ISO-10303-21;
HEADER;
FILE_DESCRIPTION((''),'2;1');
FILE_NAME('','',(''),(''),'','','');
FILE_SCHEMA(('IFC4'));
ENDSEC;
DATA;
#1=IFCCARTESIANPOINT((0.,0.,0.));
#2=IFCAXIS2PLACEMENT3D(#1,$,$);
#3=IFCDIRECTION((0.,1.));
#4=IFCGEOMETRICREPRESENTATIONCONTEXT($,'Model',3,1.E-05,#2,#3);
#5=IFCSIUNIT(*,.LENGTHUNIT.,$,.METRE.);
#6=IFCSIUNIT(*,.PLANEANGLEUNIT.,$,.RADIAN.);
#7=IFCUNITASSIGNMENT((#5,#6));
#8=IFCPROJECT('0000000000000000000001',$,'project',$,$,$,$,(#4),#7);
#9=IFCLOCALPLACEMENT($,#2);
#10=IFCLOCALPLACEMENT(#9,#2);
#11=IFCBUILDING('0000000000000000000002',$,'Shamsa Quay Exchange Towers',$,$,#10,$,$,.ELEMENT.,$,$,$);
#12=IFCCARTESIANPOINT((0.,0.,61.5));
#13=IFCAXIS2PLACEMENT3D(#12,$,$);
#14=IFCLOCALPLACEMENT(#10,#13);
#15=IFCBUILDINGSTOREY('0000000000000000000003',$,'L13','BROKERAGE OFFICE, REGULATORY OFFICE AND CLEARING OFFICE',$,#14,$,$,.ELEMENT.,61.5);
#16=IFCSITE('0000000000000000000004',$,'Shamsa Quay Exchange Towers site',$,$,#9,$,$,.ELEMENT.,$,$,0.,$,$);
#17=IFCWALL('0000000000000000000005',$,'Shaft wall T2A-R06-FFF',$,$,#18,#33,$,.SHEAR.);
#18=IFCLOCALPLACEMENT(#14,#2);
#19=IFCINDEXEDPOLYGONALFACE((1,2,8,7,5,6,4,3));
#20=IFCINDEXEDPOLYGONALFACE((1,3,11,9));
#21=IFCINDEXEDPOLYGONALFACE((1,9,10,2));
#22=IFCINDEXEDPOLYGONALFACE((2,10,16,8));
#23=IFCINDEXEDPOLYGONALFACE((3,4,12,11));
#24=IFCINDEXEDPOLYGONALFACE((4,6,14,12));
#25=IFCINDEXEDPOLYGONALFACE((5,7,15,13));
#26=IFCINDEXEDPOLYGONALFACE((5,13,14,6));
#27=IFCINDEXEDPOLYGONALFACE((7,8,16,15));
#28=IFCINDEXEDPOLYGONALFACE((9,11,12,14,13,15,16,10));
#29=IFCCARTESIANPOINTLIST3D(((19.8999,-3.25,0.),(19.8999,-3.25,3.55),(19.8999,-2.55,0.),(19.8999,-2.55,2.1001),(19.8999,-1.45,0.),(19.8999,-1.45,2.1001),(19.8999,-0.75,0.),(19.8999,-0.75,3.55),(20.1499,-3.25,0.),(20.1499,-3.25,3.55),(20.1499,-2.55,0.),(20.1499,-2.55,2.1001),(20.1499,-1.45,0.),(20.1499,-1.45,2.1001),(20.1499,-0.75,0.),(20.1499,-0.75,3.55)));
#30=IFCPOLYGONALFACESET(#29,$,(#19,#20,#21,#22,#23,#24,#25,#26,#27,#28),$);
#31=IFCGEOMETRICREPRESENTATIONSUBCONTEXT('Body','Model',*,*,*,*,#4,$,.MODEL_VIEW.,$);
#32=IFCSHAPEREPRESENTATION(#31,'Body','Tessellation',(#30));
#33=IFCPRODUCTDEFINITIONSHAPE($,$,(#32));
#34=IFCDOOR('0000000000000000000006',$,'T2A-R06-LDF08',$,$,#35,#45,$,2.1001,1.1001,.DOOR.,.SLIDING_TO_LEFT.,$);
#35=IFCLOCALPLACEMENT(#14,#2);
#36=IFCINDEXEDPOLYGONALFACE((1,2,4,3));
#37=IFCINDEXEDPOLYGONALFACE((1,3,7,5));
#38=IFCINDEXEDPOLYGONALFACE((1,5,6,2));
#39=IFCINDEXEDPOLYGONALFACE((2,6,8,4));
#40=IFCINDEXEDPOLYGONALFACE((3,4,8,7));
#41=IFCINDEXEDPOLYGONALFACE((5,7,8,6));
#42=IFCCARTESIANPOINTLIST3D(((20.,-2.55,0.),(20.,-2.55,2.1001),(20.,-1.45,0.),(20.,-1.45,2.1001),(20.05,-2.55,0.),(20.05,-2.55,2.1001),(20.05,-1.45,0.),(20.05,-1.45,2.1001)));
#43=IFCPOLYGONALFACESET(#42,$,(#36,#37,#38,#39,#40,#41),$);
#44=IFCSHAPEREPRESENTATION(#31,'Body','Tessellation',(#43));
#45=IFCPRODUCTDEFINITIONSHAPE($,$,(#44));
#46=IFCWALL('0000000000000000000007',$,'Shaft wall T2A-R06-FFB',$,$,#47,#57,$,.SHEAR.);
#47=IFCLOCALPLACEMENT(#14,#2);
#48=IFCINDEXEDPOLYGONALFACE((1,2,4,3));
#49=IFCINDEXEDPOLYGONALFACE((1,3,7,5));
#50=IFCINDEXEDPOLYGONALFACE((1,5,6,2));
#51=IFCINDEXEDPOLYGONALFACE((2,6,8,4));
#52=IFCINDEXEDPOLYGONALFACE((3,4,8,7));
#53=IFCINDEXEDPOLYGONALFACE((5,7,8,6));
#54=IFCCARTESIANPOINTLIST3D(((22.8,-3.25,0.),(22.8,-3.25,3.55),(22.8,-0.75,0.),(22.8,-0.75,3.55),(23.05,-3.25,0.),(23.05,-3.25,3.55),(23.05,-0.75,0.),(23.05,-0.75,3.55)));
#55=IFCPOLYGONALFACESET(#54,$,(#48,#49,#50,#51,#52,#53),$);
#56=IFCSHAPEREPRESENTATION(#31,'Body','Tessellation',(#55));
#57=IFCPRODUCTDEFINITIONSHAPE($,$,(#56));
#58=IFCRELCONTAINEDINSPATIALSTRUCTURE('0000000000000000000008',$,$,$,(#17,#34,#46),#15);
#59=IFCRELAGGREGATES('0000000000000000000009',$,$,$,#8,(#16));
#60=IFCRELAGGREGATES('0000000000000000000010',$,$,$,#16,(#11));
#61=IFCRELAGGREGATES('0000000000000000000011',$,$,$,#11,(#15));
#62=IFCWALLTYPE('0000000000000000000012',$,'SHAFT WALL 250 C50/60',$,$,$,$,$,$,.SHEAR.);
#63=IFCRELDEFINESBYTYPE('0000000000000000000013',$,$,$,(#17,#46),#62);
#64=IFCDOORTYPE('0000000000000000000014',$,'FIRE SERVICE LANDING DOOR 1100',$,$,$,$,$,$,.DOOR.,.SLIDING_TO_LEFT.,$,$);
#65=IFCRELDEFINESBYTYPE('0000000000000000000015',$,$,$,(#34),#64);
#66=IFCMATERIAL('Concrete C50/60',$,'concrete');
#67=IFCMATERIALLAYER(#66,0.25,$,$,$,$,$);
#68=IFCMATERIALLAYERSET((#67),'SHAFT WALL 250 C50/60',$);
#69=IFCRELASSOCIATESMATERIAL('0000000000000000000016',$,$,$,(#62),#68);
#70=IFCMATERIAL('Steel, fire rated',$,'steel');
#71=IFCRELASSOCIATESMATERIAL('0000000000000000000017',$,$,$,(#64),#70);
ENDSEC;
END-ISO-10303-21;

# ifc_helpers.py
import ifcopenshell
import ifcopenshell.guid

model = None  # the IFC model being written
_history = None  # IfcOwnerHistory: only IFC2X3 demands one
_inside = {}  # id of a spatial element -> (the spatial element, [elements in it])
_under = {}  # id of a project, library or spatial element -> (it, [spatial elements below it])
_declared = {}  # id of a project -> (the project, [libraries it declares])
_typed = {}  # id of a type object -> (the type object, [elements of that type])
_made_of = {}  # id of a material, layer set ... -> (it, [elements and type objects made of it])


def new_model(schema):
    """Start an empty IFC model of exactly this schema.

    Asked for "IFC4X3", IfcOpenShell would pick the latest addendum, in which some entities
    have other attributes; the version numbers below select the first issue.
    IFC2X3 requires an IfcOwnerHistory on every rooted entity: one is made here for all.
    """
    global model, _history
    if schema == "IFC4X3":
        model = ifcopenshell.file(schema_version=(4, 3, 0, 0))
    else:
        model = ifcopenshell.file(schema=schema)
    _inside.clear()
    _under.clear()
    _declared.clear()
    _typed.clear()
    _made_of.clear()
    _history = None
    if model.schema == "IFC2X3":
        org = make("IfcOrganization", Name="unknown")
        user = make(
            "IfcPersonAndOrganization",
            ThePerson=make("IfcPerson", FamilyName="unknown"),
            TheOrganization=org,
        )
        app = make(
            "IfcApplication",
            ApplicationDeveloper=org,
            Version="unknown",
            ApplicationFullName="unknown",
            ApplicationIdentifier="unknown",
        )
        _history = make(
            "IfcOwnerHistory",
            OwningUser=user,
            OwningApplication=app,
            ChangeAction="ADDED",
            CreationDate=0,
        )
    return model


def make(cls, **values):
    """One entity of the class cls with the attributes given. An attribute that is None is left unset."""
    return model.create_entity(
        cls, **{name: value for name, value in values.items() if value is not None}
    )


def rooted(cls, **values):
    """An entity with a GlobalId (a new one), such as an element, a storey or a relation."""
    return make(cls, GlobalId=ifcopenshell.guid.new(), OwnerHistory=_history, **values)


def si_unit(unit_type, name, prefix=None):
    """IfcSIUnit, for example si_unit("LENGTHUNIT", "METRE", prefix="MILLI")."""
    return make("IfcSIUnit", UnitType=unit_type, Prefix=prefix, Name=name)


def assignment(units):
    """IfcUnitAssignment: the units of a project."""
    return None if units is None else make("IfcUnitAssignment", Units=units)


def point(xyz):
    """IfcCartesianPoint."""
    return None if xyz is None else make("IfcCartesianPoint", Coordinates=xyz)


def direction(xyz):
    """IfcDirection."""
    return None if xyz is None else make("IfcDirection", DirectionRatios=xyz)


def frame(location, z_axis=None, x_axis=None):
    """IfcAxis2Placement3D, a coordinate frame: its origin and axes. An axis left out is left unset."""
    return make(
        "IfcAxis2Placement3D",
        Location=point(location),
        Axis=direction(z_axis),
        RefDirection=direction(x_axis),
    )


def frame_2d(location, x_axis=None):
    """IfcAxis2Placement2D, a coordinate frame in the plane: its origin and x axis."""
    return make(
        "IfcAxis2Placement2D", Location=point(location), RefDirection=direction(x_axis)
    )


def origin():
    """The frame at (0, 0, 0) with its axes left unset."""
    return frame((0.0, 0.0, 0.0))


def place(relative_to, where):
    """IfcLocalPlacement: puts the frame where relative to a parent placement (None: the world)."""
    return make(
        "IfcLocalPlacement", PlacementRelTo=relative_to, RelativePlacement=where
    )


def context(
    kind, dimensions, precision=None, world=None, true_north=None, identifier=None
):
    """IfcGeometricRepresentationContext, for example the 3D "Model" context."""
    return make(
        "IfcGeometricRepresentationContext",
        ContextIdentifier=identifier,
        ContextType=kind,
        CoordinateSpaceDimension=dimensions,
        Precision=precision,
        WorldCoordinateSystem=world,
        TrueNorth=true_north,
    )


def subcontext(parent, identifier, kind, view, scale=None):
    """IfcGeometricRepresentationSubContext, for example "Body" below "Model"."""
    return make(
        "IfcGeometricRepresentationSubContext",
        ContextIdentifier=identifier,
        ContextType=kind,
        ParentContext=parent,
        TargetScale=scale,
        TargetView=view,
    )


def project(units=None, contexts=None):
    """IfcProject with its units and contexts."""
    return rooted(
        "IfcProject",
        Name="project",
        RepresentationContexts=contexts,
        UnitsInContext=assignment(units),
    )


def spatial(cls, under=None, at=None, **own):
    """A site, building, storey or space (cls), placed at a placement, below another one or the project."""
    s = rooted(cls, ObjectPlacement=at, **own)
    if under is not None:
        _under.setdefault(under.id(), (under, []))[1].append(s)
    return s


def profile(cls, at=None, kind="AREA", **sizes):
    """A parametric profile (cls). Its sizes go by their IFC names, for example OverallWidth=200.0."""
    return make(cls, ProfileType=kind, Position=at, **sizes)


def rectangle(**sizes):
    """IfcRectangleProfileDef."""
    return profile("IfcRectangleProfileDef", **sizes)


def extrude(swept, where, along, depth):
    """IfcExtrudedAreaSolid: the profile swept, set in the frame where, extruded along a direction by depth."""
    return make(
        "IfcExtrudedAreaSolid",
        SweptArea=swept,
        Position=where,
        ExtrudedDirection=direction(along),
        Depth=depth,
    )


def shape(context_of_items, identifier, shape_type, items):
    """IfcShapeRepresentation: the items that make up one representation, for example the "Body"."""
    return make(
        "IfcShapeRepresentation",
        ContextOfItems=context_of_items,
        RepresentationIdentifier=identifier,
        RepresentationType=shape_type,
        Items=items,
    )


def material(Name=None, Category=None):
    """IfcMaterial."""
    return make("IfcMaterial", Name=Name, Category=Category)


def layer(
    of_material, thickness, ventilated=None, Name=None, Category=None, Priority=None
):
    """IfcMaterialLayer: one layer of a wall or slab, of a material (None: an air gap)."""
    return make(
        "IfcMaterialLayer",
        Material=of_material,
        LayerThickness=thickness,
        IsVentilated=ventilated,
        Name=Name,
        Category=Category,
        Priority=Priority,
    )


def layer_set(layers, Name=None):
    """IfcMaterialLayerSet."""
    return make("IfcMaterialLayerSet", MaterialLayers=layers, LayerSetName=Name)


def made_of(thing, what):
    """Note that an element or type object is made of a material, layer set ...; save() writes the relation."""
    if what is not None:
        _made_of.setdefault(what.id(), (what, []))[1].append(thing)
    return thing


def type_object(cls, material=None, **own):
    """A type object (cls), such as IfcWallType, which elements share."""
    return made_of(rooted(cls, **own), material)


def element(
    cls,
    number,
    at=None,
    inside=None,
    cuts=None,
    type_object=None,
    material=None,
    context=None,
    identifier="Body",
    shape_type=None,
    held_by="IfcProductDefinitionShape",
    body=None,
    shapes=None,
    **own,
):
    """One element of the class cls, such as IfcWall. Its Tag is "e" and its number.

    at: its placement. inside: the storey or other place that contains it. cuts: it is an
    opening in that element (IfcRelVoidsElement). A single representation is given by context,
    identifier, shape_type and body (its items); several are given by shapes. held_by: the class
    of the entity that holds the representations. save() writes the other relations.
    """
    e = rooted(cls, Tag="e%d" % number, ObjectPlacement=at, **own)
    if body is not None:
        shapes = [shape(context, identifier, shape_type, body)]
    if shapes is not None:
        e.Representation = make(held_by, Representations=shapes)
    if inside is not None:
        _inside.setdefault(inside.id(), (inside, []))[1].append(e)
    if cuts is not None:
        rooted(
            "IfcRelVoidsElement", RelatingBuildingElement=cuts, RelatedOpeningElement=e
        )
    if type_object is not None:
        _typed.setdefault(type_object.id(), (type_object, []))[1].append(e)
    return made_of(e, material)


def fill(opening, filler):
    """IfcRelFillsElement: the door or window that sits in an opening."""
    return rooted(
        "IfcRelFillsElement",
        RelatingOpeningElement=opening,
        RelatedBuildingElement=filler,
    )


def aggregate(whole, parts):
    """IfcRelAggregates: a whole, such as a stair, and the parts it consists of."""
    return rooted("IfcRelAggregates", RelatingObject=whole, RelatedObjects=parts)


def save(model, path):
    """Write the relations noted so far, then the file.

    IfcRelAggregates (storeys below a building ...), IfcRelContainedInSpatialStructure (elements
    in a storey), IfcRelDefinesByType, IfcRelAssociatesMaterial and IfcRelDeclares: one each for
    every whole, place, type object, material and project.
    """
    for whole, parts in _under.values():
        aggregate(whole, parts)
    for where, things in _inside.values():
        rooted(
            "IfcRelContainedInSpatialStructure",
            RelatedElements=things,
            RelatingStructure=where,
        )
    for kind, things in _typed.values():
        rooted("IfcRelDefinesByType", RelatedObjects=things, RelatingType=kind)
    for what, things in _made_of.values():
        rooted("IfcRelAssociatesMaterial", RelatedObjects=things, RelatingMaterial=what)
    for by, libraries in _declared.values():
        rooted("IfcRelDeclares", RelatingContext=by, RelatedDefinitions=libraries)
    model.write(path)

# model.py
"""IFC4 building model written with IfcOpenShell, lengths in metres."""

from ifc_helpers import new_model, si_unit, direction, frame, frame_2d, origin, place, context, subcontext, project, spatial, rectangle, extrude, material, layer, layer_set, type_object, element, fill, save


model = new_model("IFC4")

# Units and contexts
model_context = context("Model", 3, precision=1e-05, world=origin(), true_north=direction((0.0, 1.0)))
body_context = subcontext(model_context, "Body", "Model", "MODEL_VIEW")
ifc_project = project(units=[si_unit("LENGTHUNIT", "METRE"), si_unit("PLANEANGLEUNIT", "RADIAN")], contexts=[model_context])

# Site, building, storey
site_placement = place(None, origin())
site = spatial("IfcSite", under=ifc_project, at=site_placement, Name="Shamsa Quay Exchange Towers site", CompositionType="ELEMENT", RefElevation=0.0)
building_placement = place(site_placement, origin())
building = spatial("IfcBuilding", under=site, at=building_placement, Name="Shamsa Quay Exchange Towers", CompositionType="ELEMENT")
storey_placement = place(building_placement, frame((0.0, 0.0, 61.5)))
storey = spatial("IfcBuildingStorey", under=building, at=storey_placement, Name="L13", Description="BROKERAGE OFFICE, REGULATORY OFFICE AND CLEARING OFFICE", CompositionType="ELEMENT", Elevation=61.5)

# Shared definitions
ifc_material_1 = material(Name="Concrete C50/60", Category="concrete")
ifc_layer_1 = layer(ifc_material_1, 0.25)
ifc_layer_set_1 = layer_set([ifc_layer_1], Name="SHAFT WALL 250 C50/60")
wall_type_1 = type_object("IfcWallType", Name="SHAFT WALL 250 C50/60", PredefinedType="SHEAR", material=ifc_layer_set_1)
ifc_material_2 = material(Name="Steel, fire rated", Category="steel")

# Wall, opening, door
wall_1_placement = place(storey_placement, frame((20.0249, -3.25, 0.0), z_axis=(0.0, 0.0, 1.0), x_axis=(0.0, 1.0, 0.0)))
wall_1 = element("IfcWall", 1, at=wall_1_placement, inside=storey, type_object=wall_type_1, Name="Shaft wall T2A-R06-FFF", PredefinedType="SHEAR", context=body_context, shape_type="SweptSolid", body=[
    extrude(rectangle(XDim=2.5, YDim=0.25, at=frame_2d((1.25, 0.0))), origin(), (0.0, 0.0, 1.0), 3.55),
])
opening_1_placement = place(wall_1_placement, frame((0.7, 0.0, 0.0)))
opening_1 = element("IfcOpeningElement", 2, at=opening_1_placement, cuts=wall_1, PredefinedType="OPENING", context=body_context, shape_type="SweptSolid", body=[
    extrude(rectangle(XDim=1.1001, YDim=2.1001, at=frame_2d((0.55, 1.05))), frame((0.0, 0.135, 0.0), z_axis=(0.0, -1.0, 0.0), x_axis=(1.0, 0.0, 0.0)), (0.0, 0.0, 1.0), 0.27),
])
door_type_1 = type_object("IfcDoorType", Name="FIRE SERVICE LANDING DOOR 1100", OperationType="SLIDING_TO_LEFT", PredefinedType="DOOR", material=ifc_material_2)
door_1_placement = place(opening_1_placement, origin())
door_1 = element("IfcDoor", 3, at=door_1_placement, inside=storey, type_object=door_type_1, Name="T2A-R06-LDF08", OperationType="SLIDING_TO_LEFT", OverallHeight=2.1001, OverallWidth=1.1001, PredefinedType="DOOR", context=body_context, shape_type="SweptSolid", body=[
    extrude(rectangle(XDim=1.1001, YDim=2.1001, at=frame_2d((0.55, 1.05))), frame((0.0, 0.0249, 0.0), z_axis=(0.0, -1.0, 0.0), x_axis=(1.0, 0.0, 0.0)), (0.0, 0.0, 1.0), 0.05),
])
fill(opening_1, door_1)

# Wall
wall_2_placement = place(storey_placement, frame((22.925, -3.25, 0.0), z_axis=(0.0, 0.0, 1.0), x_axis=(0.0, 1.0, 0.0)))
element("IfcWall", 4, at=wall_2_placement, inside=storey, type_object=wall_type_1, Name="Shaft wall T2A-R06-FFB", PredefinedType="SHEAR", context=body_context, shape_type="SweptSolid", body=[
    extrude(rectangle(XDim=2.5, YDim=0.25, at=frame_2d((1.25, 0.0))), origin(), (0.0, 0.0, 1.0), 3.55),
])

save(model, "model.ifc")
